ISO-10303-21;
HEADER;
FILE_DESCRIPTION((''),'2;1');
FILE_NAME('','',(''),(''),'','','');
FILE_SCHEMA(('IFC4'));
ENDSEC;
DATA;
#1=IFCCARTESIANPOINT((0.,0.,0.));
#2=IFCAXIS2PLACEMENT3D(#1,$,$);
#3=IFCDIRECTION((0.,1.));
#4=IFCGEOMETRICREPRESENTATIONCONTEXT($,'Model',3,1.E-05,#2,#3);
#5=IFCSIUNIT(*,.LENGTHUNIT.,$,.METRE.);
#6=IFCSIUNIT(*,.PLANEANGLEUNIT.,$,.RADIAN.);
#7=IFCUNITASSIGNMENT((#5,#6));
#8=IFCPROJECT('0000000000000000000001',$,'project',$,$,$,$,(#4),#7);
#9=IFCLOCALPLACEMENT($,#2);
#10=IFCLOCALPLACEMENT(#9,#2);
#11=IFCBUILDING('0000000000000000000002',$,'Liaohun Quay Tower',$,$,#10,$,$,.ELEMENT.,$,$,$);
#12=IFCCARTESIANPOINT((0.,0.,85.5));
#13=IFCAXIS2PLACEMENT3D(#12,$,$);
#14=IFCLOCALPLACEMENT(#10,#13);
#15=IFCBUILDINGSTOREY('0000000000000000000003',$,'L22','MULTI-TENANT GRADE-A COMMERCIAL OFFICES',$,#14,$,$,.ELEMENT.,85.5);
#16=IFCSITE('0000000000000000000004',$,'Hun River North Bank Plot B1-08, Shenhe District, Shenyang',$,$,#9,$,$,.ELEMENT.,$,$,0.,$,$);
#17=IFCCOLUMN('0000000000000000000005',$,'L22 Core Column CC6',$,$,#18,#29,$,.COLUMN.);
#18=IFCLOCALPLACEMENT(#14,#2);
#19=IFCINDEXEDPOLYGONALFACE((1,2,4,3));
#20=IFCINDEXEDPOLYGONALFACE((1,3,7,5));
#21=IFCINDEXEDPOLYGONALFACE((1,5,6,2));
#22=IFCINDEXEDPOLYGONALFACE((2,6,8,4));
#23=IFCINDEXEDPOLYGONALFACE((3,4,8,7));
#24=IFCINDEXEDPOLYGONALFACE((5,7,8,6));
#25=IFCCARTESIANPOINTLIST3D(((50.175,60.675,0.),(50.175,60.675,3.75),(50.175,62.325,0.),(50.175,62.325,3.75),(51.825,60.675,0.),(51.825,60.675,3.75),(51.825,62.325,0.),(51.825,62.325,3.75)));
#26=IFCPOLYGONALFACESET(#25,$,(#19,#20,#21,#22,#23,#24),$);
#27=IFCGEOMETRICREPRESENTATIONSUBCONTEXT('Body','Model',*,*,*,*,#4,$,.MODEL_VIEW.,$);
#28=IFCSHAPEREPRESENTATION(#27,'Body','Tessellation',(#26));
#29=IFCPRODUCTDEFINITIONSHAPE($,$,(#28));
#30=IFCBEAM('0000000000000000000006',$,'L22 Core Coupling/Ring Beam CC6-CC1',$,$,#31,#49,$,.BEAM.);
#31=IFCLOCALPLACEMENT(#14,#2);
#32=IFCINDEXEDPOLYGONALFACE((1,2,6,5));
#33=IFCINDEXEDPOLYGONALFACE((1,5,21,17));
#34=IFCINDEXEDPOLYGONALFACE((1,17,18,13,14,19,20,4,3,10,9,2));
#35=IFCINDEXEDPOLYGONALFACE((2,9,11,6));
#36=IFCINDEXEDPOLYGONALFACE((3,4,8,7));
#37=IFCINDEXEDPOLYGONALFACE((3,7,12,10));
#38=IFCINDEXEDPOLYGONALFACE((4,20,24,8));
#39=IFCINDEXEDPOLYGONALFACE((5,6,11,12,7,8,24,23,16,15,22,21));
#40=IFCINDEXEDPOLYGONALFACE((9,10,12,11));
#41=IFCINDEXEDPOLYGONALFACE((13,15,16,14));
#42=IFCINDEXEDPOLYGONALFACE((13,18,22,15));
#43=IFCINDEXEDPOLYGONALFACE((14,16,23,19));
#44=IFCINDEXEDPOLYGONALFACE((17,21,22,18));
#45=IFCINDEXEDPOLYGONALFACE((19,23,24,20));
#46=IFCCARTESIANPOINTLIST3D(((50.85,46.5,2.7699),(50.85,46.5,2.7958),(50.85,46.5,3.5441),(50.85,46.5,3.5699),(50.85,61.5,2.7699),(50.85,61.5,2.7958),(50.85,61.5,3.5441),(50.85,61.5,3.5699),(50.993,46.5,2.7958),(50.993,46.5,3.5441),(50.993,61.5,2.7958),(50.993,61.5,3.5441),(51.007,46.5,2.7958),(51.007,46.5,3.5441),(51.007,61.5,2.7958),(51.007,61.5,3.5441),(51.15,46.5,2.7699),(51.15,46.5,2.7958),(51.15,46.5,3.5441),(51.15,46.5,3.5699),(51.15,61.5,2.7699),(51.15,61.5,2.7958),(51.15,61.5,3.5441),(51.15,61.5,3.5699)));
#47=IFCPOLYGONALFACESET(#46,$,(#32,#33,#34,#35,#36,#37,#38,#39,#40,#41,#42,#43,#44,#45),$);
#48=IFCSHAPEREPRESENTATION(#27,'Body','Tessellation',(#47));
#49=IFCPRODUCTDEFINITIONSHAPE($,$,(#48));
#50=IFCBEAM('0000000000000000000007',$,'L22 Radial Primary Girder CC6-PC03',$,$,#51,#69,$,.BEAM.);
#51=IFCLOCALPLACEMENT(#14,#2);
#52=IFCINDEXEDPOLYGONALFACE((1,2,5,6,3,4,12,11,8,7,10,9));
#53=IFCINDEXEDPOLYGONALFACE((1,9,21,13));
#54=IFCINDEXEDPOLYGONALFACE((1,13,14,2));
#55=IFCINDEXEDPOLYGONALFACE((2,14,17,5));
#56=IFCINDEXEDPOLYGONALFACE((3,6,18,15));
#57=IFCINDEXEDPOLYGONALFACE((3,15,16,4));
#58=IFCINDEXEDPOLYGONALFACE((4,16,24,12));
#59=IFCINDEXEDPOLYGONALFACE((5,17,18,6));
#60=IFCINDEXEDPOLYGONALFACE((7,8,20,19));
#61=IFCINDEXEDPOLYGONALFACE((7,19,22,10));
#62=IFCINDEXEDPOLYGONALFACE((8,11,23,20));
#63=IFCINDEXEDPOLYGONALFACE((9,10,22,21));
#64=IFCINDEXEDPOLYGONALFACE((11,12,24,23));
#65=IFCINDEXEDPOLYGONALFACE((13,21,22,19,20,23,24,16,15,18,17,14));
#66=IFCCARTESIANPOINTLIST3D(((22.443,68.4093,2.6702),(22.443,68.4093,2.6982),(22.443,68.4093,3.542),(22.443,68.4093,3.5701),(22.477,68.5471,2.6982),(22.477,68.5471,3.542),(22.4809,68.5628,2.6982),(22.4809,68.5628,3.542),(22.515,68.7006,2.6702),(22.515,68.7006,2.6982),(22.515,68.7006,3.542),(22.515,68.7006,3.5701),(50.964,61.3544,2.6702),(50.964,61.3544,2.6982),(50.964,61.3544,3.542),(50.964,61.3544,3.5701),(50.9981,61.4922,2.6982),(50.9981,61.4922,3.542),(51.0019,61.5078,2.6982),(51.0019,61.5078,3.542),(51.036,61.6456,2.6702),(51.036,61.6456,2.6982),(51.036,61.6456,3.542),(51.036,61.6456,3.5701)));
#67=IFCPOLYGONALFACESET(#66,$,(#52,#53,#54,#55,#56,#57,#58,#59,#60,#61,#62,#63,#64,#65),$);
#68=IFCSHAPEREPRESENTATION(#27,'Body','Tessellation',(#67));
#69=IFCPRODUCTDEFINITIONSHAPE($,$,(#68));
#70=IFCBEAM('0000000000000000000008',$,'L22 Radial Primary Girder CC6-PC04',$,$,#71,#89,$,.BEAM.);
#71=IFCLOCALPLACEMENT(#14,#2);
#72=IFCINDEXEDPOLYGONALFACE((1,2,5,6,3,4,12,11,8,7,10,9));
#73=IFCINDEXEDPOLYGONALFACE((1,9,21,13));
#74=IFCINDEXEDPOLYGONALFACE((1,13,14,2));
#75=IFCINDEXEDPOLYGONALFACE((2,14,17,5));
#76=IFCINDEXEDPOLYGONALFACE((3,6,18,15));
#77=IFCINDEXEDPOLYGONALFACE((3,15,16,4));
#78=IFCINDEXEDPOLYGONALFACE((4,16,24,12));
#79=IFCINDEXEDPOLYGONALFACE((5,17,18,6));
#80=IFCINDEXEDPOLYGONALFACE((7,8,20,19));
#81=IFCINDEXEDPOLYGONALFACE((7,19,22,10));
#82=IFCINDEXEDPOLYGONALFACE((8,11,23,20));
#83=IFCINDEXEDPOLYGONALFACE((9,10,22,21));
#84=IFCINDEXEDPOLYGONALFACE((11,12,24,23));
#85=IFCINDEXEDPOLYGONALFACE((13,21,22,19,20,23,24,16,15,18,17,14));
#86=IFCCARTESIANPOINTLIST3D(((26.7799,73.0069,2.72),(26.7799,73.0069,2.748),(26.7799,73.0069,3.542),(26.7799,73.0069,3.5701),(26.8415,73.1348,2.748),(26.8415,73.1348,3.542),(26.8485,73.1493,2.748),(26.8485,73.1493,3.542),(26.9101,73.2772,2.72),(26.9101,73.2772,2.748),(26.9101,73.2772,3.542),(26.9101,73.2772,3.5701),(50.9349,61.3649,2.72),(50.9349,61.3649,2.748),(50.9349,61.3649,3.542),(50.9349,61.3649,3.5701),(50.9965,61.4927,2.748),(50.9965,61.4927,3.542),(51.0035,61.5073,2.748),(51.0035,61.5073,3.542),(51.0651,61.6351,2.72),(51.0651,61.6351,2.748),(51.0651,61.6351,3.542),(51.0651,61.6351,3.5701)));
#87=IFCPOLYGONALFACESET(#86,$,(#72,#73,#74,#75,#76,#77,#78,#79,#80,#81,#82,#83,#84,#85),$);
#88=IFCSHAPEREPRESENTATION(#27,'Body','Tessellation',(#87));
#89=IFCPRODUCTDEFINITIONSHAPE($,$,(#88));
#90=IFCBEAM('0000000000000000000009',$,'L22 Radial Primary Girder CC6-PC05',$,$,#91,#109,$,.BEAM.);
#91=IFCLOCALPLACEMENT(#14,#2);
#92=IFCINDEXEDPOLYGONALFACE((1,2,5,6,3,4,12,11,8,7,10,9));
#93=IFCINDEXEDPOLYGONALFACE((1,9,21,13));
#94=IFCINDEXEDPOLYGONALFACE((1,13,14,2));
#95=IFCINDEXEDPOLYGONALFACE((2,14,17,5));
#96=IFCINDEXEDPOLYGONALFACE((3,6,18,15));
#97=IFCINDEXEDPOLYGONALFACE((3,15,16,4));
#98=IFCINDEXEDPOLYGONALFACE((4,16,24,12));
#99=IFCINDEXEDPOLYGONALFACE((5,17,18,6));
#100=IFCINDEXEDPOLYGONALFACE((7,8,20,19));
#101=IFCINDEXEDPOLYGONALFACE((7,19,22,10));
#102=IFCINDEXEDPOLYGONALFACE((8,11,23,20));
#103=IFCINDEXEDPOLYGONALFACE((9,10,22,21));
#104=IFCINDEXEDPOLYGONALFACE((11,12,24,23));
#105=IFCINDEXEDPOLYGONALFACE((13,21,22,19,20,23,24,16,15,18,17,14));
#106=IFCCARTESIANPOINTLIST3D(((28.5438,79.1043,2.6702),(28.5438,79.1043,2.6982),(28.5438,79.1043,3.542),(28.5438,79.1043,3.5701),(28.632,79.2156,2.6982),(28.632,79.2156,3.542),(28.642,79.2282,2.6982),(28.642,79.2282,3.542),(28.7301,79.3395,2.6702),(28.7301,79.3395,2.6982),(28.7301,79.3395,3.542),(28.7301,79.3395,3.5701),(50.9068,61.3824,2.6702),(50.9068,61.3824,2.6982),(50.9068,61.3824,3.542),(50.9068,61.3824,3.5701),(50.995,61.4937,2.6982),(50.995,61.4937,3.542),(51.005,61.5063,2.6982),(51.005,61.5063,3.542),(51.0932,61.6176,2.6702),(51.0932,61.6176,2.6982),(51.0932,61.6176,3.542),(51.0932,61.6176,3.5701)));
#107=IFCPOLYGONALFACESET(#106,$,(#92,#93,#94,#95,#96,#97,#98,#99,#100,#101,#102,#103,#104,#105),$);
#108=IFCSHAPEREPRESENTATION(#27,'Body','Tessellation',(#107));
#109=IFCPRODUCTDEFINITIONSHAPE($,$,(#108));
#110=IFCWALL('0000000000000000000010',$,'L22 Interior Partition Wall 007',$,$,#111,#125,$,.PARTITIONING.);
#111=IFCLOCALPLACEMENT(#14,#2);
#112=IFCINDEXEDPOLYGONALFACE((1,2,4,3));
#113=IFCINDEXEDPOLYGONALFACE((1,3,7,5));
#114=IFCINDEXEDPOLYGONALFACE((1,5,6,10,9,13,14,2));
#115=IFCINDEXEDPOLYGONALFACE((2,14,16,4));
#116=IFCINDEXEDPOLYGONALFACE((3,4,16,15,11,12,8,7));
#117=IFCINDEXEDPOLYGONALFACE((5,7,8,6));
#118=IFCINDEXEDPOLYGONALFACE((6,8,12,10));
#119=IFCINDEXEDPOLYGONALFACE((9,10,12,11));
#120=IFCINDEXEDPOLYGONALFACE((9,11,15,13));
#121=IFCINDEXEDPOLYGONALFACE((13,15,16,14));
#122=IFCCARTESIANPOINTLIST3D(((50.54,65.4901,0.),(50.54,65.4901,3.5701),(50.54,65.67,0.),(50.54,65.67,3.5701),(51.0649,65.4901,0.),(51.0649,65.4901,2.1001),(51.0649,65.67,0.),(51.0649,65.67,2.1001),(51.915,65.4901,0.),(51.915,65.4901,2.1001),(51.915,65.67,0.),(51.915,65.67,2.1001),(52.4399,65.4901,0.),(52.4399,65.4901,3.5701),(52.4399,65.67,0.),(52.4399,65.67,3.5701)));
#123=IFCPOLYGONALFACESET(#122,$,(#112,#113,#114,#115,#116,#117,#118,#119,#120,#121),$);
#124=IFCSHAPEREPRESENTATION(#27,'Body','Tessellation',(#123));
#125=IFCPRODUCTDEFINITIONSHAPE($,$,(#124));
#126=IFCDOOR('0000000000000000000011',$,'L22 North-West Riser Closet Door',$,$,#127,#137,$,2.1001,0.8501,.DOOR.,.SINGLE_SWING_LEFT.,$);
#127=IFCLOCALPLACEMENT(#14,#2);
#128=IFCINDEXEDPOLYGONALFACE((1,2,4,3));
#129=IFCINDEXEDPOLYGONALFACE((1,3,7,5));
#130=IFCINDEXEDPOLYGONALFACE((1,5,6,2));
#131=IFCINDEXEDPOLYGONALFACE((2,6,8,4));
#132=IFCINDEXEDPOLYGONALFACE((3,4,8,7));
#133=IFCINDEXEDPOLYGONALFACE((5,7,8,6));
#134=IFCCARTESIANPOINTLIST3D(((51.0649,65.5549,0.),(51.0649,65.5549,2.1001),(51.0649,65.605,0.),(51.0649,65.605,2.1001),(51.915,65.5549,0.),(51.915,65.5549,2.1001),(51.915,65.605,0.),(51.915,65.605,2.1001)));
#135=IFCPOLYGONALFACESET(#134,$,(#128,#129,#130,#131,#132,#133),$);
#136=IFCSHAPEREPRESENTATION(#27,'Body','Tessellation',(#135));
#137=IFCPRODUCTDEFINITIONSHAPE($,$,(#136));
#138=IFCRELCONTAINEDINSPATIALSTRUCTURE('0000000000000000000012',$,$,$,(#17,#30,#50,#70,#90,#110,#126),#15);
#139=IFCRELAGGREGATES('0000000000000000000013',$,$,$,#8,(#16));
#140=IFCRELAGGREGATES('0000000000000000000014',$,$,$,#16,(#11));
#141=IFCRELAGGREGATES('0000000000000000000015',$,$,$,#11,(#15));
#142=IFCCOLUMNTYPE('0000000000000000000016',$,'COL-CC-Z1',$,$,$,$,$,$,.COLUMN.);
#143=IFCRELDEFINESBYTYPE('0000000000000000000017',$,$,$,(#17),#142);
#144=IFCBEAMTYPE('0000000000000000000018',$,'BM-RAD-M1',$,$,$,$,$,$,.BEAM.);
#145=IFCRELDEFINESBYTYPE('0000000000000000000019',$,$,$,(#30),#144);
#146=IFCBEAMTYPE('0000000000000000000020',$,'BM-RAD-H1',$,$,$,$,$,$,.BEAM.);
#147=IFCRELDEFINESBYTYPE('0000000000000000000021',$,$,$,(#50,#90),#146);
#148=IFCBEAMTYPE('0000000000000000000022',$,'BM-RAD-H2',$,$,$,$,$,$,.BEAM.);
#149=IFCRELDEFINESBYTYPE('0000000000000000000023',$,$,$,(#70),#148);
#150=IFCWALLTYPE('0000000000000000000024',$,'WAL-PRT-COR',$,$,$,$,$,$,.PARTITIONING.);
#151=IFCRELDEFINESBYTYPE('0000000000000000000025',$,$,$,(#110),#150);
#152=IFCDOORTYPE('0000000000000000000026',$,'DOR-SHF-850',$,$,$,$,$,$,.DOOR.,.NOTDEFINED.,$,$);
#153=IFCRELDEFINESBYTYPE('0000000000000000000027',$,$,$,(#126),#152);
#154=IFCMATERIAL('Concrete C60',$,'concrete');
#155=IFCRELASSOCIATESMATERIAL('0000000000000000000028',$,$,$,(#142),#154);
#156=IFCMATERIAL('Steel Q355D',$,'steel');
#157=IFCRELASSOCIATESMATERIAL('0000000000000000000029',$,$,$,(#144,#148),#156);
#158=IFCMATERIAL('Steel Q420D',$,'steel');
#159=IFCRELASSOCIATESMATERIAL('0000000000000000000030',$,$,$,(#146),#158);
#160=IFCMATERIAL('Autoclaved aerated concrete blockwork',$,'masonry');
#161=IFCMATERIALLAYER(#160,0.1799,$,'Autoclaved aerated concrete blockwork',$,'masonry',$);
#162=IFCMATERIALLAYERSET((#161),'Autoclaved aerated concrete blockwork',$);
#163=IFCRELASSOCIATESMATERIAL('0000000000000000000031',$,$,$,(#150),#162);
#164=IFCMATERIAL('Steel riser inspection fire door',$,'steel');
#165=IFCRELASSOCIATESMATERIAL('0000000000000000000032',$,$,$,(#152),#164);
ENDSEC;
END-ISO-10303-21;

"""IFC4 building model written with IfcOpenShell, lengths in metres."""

from ifc_helpers import new_model, si_unit, direction, frame, frame_2d, origin, origin_2d, place, context, subcontext, project, spatial, rectangle, i_section, extrude, source, transform, mapped, material, layer, layer_set, material_profile, profile_set, type_object, element, fill, save


model = new_model("IFC4")

# Units and contexts
model_context = context("Model", 3, precision=1e-05, world=origin(), true_north=direction((0.0, 1.0)))
body_context = subcontext(model_context, "Body", "Model", "MODEL_VIEW")
ifc_project = project(units=[si_unit("LENGTHUNIT", "METRE"), si_unit("PLANEANGLEUNIT", "RADIAN")], contexts=[model_context])

# Site, building, storey
site_placement = place(None, origin())
site = spatial("IfcSite", under=ifc_project, at=site_placement, Name="Hun River North Bank Plot B1-08, Shenhe District, Shenyang", CompositionType="ELEMENT", RefElevation=0.0)
building_placement = place(site_placement, origin())
building = spatial("IfcBuilding", under=site, at=building_placement, Name="Liaohun Quay Tower", CompositionType="ELEMENT")
storey_placement = place(building_placement, frame((0.0, 0.0, 85.5)))
storey = spatial("IfcBuildingStorey", under=building, at=storey_placement, Name="L22", Description="MULTI-TENANT GRADE-A COMMERCIAL OFFICES", CompositionType="ELEMENT", Elevation=85.5)

# Column
ifc_material_1 = material(Name="Concrete C60", Category="concrete")
ifc_material_profile_1 = material_profile(ifc_material_1, rectangle(XDim=1.6499, YDim=1.6499, at=origin_2d()), Name="RC1650x1650")
ifc_profile_set_1 = profile_set([ifc_material_profile_1], Name="Concrete C60")
column_type = type_object("IfcColumnType", Name="COL-CC-Z1", PredefinedType="COLUMN", material=ifc_profile_set_1)
shared_shape_1 = source(origin(), body_context, "Body", "SweptSolid", [
    extrude(rectangle(XDim=1.6499, YDim=1.6499, at=origin_2d()), origin(), (0.0, 0.0, 1.0), 3.75),
])
column_placement = place(storey_placement, frame((51.0, 61.5, 0.0), z_axis=(0.0, 0.0, 1.0), x_axis=(1.0, 0.0, 0.0)))
element("IfcColumn", 1, at=column_placement, inside=storey, type_object=column_type, Name="L22 Core Column CC6", PredefinedType="COLUMN", context=body_context, shape_type="MappedRepresentation", body=[
    mapped(shared_shape_1, transform((0.0, 0.0, 0.0), x_axis=(1.0, 0.0, 0.0), y_axis=(0.0, 1.0, 0.0), z_axis=(0.0, 0.0, 1.0), scale=1.0)),
])

# Beams
ifc_material_2 = material(Name="Steel Q355D", Category="steel")
ifc_material_profile_2 = material_profile(ifc_material_2, i_section(OverallWidth=0.3, OverallDepth=0.8, WebThickness=0.0139, FlangeThickness=0.0259, at=origin_2d()), Name="HN800x300x14x26")
ifc_profile_set_2 = profile_set([ifc_material_profile_2], Name="Steel Q355D")
beam_type_1 = type_object("IfcBeamType", Name="BM-RAD-M1", PredefinedType="BEAM", material=ifc_profile_set_2)
shared_shape_2 = source(origin(), body_context, "Body", "SweptSolid", [
    extrude(i_section(OverallWidth=0.3, OverallDepth=0.8, WebThickness=0.0139, FlangeThickness=0.0259, at=origin_2d()), origin(), (0.0, 0.0, 1.0), 15.0),
])
beam_1_placement = place(storey_placement, frame((51.0, 61.5, 3.1699), z_axis=(0.0, -1.0, 0.0), x_axis=(1.0, 0.0, 0.0)))
element("IfcBeam", 2, at=beam_1_placement, inside=storey, type_object=beam_type_1, Name="L22 Core Coupling/Ring Beam CC6-CC1", PredefinedType="BEAM", context=body_context, shape_type="MappedRepresentation", body=[
    mapped(shared_shape_2, transform((0.0, 0.0, 0.0), x_axis=(1.0, 0.0, 0.0), y_axis=(0.0, 1.0, 0.0), z_axis=(0.0, 0.0, 1.0), scale=1.0)),
])
ifc_material_3 = material(Name="Steel Q420D", Category="steel")
ifc_material_profile_3 = material_profile(ifc_material_3, i_section(OverallWidth=0.3, OverallDepth=0.8999, WebThickness=0.0161, FlangeThickness=0.0281, at=origin_2d()), Name="HN900x300x16x28")
ifc_profile_set_3 = profile_set([ifc_material_profile_3], Name="Steel Q420D")
beam_type_2 = type_object("IfcBeamType", Name="BM-RAD-H1", PredefinedType="BEAM", material=ifc_profile_set_3)
shared_shape_3 = source(origin(), body_context, "Body", "SweptSolid", [
    extrude(i_section(OverallWidth=0.3, OverallDepth=0.8999, WebThickness=0.0161, FlangeThickness=0.0281, at=origin_2d()), origin(), (0.0, 0.0, 1.0), 29.3806),
])
beam_2_placement = place(storey_placement, frame((51.0, 61.5, 3.1201), z_axis=(-0.970743, 0.240122, 0.0), x_axis=(-0.240122, -0.970743, 0.0)))
element("IfcBeam", 3, at=beam_2_placement, inside=storey, type_object=beam_type_2, Name="L22 Radial Primary Girder CC6-PC03", PredefinedType="BEAM", context=body_context, shape_type="MappedRepresentation", body=[
    mapped(shared_shape_3, transform((0.0, 0.0, 0.0), x_axis=(1.0, 0.0, 0.0), y_axis=(0.0, 1.0, 0.0), z_axis=(0.0, 0.0, 1.0), scale=1.0)),
])
ifc_material_profile_4 = material_profile(ifc_material_2, i_section(OverallWidth=0.3, OverallDepth=0.8501, WebThickness=0.0161, FlangeThickness=0.0281, at=origin_2d()), Name="HN850x300x16x28")
ifc_profile_set_4 = profile_set([ifc_material_profile_4], Name="Steel Q355D")
beam_type_3 = type_object("IfcBeamType", Name="BM-RAD-H2", PredefinedType="BEAM", material=ifc_profile_set_4)
shared_shape_4 = source(origin(), body_context, "Body", "SweptSolid", [
    extrude(i_section(OverallWidth=0.3, OverallDepth=0.8501, WebThickness=0.0161, FlangeThickness=0.0281, at=origin_2d()), origin(), (0.0, 0.0, 1.0), 26.8142),
])
beam_3_placement = place(storey_placement, frame((51.0, 61.5, 3.145), z_axis=(-0.900828, 0.434176, 0.0), x_axis=(-0.434176, -0.900828, 0.0)))
element("IfcBeam", 4, at=beam_3_placement, inside=storey, type_object=beam_type_3, Name="L22 Radial Primary Girder CC6-PC04", PredefinedType="BEAM", context=body_context, shape_type="MappedRepresentation", body=[
    mapped(shared_shape_4, transform((0.0, 0.0, 0.0), x_axis=(1.0, 0.0, 0.0), y_axis=(0.0, 1.0, 0.0), z_axis=(0.0, 0.0, 1.0), scale=1.0)),
])
shared_shape_5 = source(origin(), body_context, "Body", "SweptSolid", [
    extrude(i_section(OverallWidth=0.3, OverallDepth=0.8999, WebThickness=0.0161, FlangeThickness=0.0281, at=origin_2d()), origin(), (0.0, 0.0, 1.0), 28.5337),
])
beam_4_placement = place(storey_placement, frame((51.0, 61.5, 3.1201), z_axis=(-0.783741, 0.621087, 0.0), x_axis=(-0.621087, -0.783741, 0.0)))
element("IfcBeam", 5, at=beam_4_placement, inside=storey, type_object=beam_type_2, Name="L22 Radial Primary Girder CC6-PC05", PredefinedType="BEAM", context=body_context, shape_type="MappedRepresentation", body=[
    mapped(shared_shape_5, transform((0.0, 0.0, 0.0), x_axis=(1.0, 0.0, 0.0), y_axis=(0.0, 1.0, 0.0), z_axis=(0.0, 0.0, 1.0), scale=1.0)),
])

# Wall, opening, door
ifc_material_4 = material(Name="Autoclaved aerated concrete blockwork", Category="masonry")
ifc_layer_1 = layer(ifc_material_4, 0.1799, Name="Autoclaved aerated concrete blockwork", Category="masonry")
ifc_layer_set_1 = layer_set([ifc_layer_1], Name="Autoclaved aerated concrete blockwork")
wall_type_1 = type_object("IfcWallType", Name="WAL-PRT-COR", PredefinedType="PARTITIONING", material=ifc_layer_set_1)
wall_1_placement = place(storey_placement, frame((50.54, 65.5801, 0.0), z_axis=(0.0, 0.0, 1.0), x_axis=(1.0, 0.0, 0.0)))
wall_1 = element("IfcWall", 6, at=wall_1_placement, inside=storey, type_object=wall_type_1, Name="L22 Interior Partition Wall 007", PredefinedType="PARTITIONING", context=body_context, shape_type="SweptSolid", body=[
    extrude(rectangle(XDim=1.8999, YDim=0.1799, at=frame_2d((0.95, 0.0))), origin(), (0.0, 0.0, 1.0), 3.5701),
])
shared_shape_6 = source(origin(), body_context, "Body", "SweptSolid", [
    extrude(rectangle(XDim=0.8501, YDim=2.1001, at=frame_2d((0.425, 1.05))), frame((0.0, 0.0999, 0.0), z_axis=(0.0, -1.0, 0.0), x_axis=(1.0, 0.0, 0.0)), (0.0, 0.0, 1.0), 0.2),
])
opening_1_placement = place(wall_1_placement, frame((0.5249, 0.0, 0.0)))
opening_1 = element("IfcOpeningElement", 7, at=opening_1_placement, cuts=wall_1, PredefinedType="OPENING", context=body_context, shape_type="MappedRepresentation", body=[
    mapped(shared_shape_6, transform((0.0, 0.0, 0.0), x_axis=(1.0, 0.0, 0.0), y_axis=(0.0, 1.0, 0.0), z_axis=(0.0, 0.0, 1.0), scale=1.0)),
])
ifc_material_5 = material(Name="Steel riser inspection fire door", Category="steel")
door_type_1 = type_object("IfcDoorType", Name="DOR-SHF-850", OperationType="NOTDEFINED", PredefinedType="DOOR", material=ifc_material_5)
shared_shape_7 = source(origin(), body_context, "Body", "SweptSolid", [
    extrude(rectangle(XDim=0.8501, YDim=2.1001, at=frame_2d((0.425, 1.05))), frame((0.0, 0.0249, 0.0), z_axis=(0.0, -1.0, 0.0), x_axis=(1.0, 0.0, 0.0)), (0.0, 0.0, 1.0), 0.05),
])
door_1_placement = place(opening_1_placement, origin())
door_1 = element("IfcDoor", 8, at=door_1_placement, inside=storey, type_object=door_type_1, Name="L22 North-West Riser Closet Door", OperationType="SINGLE_SWING_LEFT", OverallHeight=2.1001, OverallWidth=0.8501, PredefinedType="DOOR", context=body_context, shape_type="MappedRepresentation", body=[
    mapped(shared_shape_7, transform((0.0, 0.0, 0.0), x_axis=(1.0, 0.0, 0.0), y_axis=(0.0, 1.0, 0.0), z_axis=(0.0, 0.0, 1.0), scale=1.0)),
])
fill(opening_1, door_1)

save(model, "model.ifc")
